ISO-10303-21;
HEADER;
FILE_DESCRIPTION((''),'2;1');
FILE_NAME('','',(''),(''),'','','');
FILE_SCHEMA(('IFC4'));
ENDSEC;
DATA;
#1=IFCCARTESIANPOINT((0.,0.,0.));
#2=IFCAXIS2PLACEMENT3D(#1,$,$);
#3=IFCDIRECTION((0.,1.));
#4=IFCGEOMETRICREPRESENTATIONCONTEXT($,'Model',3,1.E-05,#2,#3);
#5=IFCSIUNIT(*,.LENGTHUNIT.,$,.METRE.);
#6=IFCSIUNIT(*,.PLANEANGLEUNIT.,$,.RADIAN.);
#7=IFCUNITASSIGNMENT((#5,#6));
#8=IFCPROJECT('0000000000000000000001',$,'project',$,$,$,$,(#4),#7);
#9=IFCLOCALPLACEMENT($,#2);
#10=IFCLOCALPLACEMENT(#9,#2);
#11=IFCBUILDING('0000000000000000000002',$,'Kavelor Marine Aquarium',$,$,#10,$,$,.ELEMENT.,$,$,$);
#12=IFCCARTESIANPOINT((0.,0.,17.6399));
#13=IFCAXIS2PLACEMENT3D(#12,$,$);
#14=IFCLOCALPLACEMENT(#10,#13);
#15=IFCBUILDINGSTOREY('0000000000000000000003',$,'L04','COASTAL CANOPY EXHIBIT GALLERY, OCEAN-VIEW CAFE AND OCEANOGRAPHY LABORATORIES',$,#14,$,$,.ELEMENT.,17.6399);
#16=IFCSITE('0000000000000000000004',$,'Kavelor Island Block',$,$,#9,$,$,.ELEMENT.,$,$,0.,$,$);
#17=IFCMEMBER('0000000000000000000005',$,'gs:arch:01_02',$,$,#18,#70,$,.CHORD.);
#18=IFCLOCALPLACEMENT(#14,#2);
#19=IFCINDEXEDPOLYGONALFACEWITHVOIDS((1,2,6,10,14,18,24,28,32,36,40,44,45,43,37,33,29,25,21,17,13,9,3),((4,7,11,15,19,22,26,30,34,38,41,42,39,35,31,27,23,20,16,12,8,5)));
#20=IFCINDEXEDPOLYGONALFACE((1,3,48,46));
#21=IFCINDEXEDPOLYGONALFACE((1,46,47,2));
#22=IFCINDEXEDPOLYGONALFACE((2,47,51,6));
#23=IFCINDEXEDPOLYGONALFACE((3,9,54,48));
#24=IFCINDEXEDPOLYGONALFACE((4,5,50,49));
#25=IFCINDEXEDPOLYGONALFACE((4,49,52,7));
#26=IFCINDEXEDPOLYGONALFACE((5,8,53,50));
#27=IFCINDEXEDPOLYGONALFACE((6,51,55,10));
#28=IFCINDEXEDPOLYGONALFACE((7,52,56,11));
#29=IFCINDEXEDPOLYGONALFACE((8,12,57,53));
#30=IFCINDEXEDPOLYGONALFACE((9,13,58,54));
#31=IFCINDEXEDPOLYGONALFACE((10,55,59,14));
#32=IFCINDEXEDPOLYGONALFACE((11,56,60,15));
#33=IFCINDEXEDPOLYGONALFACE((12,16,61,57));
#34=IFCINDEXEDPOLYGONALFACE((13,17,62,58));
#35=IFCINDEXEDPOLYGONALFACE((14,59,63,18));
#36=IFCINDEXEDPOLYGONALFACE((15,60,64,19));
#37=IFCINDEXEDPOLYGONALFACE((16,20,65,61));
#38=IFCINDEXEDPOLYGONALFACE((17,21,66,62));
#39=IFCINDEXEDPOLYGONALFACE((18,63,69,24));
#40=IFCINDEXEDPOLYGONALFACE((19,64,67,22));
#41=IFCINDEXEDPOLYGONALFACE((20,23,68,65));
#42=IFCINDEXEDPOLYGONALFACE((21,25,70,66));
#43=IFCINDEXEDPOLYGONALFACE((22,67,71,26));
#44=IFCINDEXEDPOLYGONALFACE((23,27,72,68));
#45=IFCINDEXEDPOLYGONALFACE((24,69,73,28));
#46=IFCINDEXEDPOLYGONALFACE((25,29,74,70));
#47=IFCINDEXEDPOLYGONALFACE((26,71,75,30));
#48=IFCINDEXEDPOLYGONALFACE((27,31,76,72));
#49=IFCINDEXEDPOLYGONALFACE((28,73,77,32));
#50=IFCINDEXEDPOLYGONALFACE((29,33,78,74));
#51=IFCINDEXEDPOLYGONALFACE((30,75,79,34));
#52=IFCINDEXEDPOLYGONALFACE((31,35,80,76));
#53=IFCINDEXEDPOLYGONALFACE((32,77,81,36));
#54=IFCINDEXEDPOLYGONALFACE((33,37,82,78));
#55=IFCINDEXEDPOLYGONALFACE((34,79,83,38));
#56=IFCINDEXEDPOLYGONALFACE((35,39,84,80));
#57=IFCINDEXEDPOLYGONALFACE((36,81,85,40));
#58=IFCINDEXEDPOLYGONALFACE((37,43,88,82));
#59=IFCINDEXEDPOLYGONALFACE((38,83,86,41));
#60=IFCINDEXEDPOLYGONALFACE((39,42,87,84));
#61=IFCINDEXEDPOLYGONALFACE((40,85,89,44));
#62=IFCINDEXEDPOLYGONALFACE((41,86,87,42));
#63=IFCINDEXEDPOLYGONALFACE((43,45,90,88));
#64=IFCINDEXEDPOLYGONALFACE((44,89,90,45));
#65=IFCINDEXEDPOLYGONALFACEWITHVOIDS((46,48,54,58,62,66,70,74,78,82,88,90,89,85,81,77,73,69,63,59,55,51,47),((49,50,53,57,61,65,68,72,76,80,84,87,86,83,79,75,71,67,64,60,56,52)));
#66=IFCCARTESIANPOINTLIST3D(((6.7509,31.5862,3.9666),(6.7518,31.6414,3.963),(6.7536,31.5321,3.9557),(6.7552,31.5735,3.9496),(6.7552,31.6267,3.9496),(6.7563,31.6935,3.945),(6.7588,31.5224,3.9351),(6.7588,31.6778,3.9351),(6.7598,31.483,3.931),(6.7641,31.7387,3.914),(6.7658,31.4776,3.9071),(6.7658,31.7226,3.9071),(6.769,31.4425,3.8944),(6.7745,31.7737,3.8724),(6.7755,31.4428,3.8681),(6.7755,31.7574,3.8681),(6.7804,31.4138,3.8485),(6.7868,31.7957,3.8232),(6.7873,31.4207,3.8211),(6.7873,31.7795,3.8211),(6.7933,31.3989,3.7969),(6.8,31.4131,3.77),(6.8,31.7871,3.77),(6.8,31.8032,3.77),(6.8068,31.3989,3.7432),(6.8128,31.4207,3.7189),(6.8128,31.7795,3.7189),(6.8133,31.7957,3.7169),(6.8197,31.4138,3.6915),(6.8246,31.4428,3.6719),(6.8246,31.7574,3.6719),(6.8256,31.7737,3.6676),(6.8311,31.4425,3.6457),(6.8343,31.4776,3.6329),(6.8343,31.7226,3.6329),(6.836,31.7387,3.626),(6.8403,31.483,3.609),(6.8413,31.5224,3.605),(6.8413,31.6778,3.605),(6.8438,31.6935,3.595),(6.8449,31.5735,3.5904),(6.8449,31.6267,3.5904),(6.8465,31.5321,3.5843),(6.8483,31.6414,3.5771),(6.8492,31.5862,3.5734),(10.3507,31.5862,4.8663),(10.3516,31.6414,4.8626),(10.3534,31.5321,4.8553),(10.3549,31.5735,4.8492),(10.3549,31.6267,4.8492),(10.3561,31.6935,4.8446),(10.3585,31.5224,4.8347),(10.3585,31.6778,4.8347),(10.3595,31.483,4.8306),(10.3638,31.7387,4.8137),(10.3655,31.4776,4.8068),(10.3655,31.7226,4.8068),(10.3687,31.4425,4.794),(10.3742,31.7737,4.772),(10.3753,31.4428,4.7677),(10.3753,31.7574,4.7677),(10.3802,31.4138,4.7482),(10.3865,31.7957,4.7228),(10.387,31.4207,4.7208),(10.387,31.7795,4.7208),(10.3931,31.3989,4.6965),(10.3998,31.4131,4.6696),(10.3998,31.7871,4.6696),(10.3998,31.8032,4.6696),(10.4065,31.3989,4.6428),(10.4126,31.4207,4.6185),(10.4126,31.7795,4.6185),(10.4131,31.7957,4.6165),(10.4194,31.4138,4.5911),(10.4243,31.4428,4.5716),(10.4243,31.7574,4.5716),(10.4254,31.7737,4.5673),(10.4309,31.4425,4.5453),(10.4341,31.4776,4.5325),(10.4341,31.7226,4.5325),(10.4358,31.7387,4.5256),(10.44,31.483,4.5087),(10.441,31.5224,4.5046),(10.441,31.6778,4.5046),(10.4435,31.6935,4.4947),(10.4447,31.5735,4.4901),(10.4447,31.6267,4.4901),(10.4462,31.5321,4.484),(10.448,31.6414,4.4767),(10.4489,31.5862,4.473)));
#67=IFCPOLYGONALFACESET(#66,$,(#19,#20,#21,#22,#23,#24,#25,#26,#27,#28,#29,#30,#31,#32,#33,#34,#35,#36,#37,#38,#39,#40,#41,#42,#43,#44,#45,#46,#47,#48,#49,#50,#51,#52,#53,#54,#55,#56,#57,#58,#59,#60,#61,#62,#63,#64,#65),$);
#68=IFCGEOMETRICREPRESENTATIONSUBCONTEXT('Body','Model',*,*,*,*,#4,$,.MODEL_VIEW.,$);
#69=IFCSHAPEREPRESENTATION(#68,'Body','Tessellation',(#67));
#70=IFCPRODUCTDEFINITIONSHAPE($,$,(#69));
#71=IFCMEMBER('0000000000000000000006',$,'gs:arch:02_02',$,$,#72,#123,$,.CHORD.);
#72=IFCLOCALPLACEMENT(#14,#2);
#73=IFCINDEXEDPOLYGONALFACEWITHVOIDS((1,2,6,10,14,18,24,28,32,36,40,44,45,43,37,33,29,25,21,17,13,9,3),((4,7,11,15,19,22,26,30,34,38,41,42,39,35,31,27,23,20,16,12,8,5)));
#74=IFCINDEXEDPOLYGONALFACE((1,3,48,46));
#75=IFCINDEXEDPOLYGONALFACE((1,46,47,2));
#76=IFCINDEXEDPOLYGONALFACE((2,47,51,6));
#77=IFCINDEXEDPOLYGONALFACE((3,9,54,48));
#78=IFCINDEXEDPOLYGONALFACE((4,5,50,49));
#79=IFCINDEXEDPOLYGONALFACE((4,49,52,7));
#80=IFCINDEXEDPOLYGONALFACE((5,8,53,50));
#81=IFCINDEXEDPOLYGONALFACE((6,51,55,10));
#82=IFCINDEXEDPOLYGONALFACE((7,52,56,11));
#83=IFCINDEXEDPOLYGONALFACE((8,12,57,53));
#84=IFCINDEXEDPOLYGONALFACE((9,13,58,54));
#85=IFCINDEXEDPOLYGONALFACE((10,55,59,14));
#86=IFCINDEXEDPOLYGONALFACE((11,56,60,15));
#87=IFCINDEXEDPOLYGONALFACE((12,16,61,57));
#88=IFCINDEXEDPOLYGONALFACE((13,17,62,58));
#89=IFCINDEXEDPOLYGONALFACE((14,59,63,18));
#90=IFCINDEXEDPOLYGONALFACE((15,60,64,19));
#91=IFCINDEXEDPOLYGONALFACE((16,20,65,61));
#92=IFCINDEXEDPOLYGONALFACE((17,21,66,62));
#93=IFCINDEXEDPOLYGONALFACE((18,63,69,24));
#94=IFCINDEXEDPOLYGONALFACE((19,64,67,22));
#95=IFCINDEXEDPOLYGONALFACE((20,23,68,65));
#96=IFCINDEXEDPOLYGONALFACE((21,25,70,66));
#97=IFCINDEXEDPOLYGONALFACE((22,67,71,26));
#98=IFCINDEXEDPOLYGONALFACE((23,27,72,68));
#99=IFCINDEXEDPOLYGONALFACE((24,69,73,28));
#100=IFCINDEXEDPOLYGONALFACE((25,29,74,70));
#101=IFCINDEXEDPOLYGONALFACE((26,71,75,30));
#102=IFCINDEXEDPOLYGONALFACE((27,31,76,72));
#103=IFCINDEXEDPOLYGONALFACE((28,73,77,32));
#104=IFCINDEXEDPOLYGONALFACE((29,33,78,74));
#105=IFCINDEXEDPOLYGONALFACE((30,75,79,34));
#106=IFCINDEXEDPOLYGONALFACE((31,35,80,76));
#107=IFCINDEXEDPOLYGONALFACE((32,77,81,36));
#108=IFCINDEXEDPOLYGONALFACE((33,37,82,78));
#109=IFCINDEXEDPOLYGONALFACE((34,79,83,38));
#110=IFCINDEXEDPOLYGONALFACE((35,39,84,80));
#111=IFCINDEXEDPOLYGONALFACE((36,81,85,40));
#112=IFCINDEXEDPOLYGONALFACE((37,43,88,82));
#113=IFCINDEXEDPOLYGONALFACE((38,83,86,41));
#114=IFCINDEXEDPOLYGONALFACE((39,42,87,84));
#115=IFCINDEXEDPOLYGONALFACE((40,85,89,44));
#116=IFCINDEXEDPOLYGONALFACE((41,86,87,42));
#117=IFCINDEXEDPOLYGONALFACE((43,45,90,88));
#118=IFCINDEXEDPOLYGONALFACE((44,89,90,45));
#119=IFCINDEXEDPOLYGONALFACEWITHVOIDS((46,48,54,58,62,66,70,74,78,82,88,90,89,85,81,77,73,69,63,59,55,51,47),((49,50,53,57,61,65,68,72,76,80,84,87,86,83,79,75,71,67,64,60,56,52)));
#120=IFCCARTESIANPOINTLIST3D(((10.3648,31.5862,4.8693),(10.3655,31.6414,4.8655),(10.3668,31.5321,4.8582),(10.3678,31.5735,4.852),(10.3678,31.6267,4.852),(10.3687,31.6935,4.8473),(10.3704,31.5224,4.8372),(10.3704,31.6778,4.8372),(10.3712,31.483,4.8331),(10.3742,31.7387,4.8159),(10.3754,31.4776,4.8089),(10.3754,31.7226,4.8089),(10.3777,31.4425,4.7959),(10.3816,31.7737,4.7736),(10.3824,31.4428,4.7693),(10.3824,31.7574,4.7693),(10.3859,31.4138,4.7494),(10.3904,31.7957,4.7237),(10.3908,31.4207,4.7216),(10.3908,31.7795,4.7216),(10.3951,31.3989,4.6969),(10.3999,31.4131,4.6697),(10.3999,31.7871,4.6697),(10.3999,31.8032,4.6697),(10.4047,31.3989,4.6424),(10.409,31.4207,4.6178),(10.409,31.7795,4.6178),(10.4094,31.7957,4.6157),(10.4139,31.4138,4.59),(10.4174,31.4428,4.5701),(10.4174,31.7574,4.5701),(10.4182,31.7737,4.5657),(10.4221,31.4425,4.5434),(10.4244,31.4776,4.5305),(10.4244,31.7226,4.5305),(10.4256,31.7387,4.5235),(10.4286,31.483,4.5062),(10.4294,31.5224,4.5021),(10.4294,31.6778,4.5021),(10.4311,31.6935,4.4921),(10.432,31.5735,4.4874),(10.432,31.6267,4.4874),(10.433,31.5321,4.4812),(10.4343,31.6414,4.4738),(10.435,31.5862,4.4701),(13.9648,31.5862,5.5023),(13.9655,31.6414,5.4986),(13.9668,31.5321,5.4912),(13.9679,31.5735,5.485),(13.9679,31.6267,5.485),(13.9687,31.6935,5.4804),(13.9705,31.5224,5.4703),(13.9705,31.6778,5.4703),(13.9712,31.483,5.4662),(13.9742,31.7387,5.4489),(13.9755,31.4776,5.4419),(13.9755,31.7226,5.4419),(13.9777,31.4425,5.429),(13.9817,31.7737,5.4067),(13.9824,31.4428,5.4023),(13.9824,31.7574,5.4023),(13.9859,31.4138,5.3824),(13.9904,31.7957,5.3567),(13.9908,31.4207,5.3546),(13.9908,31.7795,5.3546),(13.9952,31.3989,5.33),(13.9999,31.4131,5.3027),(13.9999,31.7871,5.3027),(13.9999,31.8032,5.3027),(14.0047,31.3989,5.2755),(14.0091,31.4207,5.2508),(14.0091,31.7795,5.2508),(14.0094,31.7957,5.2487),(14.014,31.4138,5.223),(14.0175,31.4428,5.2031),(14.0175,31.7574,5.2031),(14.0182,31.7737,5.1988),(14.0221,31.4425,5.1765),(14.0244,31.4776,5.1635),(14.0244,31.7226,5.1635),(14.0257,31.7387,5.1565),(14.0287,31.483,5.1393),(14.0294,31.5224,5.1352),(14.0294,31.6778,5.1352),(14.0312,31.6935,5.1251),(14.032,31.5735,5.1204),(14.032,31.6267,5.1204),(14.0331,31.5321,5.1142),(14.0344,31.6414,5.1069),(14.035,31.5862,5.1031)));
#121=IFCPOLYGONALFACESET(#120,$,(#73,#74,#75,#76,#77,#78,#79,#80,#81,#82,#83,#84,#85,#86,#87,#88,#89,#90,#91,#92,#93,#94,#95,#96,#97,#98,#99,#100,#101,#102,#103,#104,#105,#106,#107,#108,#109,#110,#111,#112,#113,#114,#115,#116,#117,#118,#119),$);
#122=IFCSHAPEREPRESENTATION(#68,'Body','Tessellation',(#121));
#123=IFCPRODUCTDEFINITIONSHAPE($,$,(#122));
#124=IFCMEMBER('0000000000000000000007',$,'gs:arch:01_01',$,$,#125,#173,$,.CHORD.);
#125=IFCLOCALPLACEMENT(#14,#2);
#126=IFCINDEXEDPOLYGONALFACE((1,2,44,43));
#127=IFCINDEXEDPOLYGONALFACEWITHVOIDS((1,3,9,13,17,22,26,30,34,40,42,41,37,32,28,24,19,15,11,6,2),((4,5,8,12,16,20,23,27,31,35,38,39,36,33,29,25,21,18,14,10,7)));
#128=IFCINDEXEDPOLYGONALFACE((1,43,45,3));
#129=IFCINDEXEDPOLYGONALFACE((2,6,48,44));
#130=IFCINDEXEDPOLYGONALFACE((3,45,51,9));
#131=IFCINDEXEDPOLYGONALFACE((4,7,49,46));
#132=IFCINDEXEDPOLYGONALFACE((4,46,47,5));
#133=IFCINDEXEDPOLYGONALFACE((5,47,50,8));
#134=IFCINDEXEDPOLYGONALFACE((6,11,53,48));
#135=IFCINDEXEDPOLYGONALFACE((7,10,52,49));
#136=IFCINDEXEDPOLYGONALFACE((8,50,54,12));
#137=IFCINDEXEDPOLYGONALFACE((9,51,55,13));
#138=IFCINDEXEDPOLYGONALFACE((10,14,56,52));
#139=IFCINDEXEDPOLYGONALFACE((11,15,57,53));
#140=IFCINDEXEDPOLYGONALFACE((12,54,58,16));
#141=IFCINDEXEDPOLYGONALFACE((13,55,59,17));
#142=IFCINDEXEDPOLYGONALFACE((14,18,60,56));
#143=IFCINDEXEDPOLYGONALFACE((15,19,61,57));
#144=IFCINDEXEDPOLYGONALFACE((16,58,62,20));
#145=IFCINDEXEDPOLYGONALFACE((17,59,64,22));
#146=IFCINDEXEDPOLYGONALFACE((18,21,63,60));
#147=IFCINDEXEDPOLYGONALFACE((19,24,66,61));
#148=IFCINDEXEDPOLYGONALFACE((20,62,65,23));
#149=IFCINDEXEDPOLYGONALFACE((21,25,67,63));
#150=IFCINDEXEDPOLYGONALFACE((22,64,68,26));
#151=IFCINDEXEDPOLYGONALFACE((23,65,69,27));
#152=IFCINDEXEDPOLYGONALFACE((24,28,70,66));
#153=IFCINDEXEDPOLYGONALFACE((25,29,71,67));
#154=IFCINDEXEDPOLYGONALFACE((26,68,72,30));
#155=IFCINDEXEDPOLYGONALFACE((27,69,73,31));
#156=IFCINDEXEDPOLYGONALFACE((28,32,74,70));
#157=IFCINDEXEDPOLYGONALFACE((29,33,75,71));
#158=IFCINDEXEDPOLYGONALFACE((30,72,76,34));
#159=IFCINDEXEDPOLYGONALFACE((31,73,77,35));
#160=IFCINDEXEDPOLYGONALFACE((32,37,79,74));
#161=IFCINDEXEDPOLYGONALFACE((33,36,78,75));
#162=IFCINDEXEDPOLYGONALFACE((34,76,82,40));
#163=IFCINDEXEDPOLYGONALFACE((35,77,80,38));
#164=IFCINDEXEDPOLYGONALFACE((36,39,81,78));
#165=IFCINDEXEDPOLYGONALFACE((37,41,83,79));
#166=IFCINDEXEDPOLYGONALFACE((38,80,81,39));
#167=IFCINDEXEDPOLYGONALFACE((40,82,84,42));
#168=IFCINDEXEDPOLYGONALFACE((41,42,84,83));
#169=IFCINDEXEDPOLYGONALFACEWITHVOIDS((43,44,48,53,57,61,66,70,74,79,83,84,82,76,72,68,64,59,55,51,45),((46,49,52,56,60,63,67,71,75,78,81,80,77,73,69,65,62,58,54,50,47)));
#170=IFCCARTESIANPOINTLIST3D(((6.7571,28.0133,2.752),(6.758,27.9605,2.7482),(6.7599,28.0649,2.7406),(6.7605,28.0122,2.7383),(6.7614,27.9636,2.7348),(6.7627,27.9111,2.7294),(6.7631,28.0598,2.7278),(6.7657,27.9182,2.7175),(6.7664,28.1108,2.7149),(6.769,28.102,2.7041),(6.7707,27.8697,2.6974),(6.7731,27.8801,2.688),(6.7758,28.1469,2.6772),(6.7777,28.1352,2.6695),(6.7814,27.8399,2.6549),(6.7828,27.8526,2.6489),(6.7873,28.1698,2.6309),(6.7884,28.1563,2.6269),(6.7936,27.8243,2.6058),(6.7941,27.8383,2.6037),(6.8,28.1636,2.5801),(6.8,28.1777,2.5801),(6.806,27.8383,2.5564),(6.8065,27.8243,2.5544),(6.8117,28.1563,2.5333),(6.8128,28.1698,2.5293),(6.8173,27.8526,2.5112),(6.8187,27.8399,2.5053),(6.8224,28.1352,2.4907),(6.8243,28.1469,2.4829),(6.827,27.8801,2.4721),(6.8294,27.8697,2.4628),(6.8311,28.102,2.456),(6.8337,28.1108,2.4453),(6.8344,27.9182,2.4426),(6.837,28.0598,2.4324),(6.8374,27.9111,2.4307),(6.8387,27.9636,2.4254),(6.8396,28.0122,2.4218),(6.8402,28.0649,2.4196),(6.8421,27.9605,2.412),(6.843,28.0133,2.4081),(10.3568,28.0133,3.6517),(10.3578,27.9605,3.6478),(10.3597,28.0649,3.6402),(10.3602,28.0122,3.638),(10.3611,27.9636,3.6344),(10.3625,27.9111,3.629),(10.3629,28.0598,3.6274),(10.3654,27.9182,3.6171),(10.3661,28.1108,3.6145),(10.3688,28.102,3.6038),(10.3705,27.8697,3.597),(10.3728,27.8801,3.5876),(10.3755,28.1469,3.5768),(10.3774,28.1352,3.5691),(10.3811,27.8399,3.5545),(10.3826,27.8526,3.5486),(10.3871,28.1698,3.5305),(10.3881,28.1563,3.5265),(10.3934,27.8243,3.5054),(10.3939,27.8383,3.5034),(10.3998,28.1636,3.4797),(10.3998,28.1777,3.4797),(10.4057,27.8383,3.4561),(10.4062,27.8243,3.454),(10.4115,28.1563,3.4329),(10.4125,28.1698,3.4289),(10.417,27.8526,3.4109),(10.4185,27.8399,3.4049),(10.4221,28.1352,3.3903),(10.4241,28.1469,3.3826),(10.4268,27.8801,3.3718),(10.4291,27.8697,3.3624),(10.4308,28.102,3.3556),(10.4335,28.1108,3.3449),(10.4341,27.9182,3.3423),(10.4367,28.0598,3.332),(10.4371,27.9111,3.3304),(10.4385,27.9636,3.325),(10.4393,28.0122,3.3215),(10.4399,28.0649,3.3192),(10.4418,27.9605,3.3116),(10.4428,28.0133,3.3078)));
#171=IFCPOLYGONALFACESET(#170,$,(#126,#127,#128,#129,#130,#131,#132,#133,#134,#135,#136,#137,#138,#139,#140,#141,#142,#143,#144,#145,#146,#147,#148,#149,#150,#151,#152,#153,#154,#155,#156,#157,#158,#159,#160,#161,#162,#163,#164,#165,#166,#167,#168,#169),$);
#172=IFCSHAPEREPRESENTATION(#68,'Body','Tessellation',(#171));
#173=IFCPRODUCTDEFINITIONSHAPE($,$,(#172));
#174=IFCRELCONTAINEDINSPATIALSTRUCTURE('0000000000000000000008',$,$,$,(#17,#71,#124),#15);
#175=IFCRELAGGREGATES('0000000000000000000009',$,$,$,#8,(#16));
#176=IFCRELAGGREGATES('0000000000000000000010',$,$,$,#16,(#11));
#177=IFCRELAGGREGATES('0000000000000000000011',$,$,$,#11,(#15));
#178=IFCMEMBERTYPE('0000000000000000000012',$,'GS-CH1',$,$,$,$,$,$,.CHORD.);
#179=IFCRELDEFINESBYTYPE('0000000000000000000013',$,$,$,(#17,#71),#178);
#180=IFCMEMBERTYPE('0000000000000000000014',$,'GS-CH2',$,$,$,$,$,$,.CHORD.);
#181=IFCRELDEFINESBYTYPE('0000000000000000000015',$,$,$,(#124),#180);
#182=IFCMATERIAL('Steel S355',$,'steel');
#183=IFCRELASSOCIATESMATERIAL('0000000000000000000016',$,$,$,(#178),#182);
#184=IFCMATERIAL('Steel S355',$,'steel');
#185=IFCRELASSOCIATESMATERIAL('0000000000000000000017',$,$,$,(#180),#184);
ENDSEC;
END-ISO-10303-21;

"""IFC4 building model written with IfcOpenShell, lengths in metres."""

from ifc_helpers import new_model, si_unit, direction, frame, origin, origin_2d, place, context, subcontext, project, spatial, hollow_circle, extrude, material, material_profile, profile_set, type_object, element, save


model = new_model("IFC4")

# Units and contexts
model_context = context("Model", 3, precision=1e-05, world=origin(), true_north=direction((0.0, 1.0)))
body_context = subcontext(model_context, "Body", "Model", "MODEL_VIEW")
ifc_project = project(units=[si_unit("LENGTHUNIT", "METRE"), si_unit("PLANEANGLEUNIT", "RADIAN")], contexts=[model_context])

# Site, building, storey
site_placement = place(None, origin())
site = spatial("IfcSite", under=ifc_project, at=site_placement, Name="Kavelor Island Block", CompositionType="ELEMENT", RefElevation=0.0)
building_placement = place(site_placement, origin())
building = spatial("IfcBuilding", under=site, at=building_placement, Name="Kavelor Marine Aquarium", CompositionType="ELEMENT")
storey_placement = place(building_placement, frame((0.0, 0.0, 17.6399)))
storey = spatial("IfcBuildingStorey", under=building, at=storey_placement, Name="L04", Description="COASTAL CANOPY EXHIBIT GALLERY, OCEAN-VIEW CAFE AND OCEANOGRAPHY LABORATORIES", CompositionType="ELEMENT", Elevation=17.6399)

# Members
ifc_material_1 = material(Name="Steel S355", Category="steel")
ifc_material_profile_1 = material_profile(ifc_material_1, hollow_circle(Radius=0.2031, WallThickness=0.0161, at=origin_2d()), Name="CHS 406.4x16.0")
ifc_profile_set_1 = profile_set([ifc_material_profile_1], Name="Steel S355")
member_type_1 = type_object("IfcMemberType", Name="GS-CH1", PredefinedType="CHORD", material=ifc_profile_set_1)
member_1_placement = place(storey_placement, frame((6.8, 31.6001, 3.77), z_axis=(0.970162, 0.0, 0.242458), x_axis=(0.0, 1.0, 0.0)))
element("IfcMember", 1, at=member_1_placement, inside=storey, type_object=member_type_1, Name="gs:arch:01_02", PredefinedType="CHORD", context=body_context, shape_type="SweptSolid", body=[
    extrude(hollow_circle(Radius=0.2031, WallThickness=0.0161, at=origin_2d()), origin(), (0.0, 0.0, 1.0), 3.7104),
])
member_2_placement = place(storey_placement, frame((10.3999, 31.6001, 4.6697), z_axis=(0.984889, 0.0, 0.173187), x_axis=(0.0, 1.0, 0.0)))
element("IfcMember", 2, at=member_2_placement, inside=storey, type_object=member_type_1, Name="gs:arch:02_02", PredefinedType="CHORD", context=body_context, shape_type="SweptSolid", body=[
    extrude(hollow_circle(Radius=0.2031, WallThickness=0.0161, at=origin_2d()), origin(), (0.0, 0.0, 1.0), 3.6553),
])
ifc_material_2 = material(Name="Steel S355", Category="steel")
ifc_material_profile_2 = material_profile(ifc_material_2, hollow_circle(Radius=0.1777, WallThickness=0.0142, at=origin_2d()), Name="CHS 355.6x14.2")
ifc_profile_set_2 = profile_set([ifc_material_profile_2], Name="Steel S355")
member_type_2 = type_object("IfcMemberType", Name="GS-CH2", PredefinedType="CHORD", material=ifc_profile_set_2)
member_3_placement = place(storey_placement, frame((6.8, 28.0, 2.5801), z_axis=(0.970162, 0.0, 0.242458), x_axis=(0.0, 1.0, 0.0)))
element("IfcMember", 3, at=member_3_placement, inside=storey, type_object=member_type_2, Name="gs:arch:01_01", PredefinedType="CHORD", context=body_context, shape_type="SweptSolid", body=[
    extrude(hollow_circle(Radius=0.1777, WallThickness=0.0142, at=origin_2d()), origin(), (0.0, 0.0, 1.0), 3.7104),
])

save(model, "model.ifc")
